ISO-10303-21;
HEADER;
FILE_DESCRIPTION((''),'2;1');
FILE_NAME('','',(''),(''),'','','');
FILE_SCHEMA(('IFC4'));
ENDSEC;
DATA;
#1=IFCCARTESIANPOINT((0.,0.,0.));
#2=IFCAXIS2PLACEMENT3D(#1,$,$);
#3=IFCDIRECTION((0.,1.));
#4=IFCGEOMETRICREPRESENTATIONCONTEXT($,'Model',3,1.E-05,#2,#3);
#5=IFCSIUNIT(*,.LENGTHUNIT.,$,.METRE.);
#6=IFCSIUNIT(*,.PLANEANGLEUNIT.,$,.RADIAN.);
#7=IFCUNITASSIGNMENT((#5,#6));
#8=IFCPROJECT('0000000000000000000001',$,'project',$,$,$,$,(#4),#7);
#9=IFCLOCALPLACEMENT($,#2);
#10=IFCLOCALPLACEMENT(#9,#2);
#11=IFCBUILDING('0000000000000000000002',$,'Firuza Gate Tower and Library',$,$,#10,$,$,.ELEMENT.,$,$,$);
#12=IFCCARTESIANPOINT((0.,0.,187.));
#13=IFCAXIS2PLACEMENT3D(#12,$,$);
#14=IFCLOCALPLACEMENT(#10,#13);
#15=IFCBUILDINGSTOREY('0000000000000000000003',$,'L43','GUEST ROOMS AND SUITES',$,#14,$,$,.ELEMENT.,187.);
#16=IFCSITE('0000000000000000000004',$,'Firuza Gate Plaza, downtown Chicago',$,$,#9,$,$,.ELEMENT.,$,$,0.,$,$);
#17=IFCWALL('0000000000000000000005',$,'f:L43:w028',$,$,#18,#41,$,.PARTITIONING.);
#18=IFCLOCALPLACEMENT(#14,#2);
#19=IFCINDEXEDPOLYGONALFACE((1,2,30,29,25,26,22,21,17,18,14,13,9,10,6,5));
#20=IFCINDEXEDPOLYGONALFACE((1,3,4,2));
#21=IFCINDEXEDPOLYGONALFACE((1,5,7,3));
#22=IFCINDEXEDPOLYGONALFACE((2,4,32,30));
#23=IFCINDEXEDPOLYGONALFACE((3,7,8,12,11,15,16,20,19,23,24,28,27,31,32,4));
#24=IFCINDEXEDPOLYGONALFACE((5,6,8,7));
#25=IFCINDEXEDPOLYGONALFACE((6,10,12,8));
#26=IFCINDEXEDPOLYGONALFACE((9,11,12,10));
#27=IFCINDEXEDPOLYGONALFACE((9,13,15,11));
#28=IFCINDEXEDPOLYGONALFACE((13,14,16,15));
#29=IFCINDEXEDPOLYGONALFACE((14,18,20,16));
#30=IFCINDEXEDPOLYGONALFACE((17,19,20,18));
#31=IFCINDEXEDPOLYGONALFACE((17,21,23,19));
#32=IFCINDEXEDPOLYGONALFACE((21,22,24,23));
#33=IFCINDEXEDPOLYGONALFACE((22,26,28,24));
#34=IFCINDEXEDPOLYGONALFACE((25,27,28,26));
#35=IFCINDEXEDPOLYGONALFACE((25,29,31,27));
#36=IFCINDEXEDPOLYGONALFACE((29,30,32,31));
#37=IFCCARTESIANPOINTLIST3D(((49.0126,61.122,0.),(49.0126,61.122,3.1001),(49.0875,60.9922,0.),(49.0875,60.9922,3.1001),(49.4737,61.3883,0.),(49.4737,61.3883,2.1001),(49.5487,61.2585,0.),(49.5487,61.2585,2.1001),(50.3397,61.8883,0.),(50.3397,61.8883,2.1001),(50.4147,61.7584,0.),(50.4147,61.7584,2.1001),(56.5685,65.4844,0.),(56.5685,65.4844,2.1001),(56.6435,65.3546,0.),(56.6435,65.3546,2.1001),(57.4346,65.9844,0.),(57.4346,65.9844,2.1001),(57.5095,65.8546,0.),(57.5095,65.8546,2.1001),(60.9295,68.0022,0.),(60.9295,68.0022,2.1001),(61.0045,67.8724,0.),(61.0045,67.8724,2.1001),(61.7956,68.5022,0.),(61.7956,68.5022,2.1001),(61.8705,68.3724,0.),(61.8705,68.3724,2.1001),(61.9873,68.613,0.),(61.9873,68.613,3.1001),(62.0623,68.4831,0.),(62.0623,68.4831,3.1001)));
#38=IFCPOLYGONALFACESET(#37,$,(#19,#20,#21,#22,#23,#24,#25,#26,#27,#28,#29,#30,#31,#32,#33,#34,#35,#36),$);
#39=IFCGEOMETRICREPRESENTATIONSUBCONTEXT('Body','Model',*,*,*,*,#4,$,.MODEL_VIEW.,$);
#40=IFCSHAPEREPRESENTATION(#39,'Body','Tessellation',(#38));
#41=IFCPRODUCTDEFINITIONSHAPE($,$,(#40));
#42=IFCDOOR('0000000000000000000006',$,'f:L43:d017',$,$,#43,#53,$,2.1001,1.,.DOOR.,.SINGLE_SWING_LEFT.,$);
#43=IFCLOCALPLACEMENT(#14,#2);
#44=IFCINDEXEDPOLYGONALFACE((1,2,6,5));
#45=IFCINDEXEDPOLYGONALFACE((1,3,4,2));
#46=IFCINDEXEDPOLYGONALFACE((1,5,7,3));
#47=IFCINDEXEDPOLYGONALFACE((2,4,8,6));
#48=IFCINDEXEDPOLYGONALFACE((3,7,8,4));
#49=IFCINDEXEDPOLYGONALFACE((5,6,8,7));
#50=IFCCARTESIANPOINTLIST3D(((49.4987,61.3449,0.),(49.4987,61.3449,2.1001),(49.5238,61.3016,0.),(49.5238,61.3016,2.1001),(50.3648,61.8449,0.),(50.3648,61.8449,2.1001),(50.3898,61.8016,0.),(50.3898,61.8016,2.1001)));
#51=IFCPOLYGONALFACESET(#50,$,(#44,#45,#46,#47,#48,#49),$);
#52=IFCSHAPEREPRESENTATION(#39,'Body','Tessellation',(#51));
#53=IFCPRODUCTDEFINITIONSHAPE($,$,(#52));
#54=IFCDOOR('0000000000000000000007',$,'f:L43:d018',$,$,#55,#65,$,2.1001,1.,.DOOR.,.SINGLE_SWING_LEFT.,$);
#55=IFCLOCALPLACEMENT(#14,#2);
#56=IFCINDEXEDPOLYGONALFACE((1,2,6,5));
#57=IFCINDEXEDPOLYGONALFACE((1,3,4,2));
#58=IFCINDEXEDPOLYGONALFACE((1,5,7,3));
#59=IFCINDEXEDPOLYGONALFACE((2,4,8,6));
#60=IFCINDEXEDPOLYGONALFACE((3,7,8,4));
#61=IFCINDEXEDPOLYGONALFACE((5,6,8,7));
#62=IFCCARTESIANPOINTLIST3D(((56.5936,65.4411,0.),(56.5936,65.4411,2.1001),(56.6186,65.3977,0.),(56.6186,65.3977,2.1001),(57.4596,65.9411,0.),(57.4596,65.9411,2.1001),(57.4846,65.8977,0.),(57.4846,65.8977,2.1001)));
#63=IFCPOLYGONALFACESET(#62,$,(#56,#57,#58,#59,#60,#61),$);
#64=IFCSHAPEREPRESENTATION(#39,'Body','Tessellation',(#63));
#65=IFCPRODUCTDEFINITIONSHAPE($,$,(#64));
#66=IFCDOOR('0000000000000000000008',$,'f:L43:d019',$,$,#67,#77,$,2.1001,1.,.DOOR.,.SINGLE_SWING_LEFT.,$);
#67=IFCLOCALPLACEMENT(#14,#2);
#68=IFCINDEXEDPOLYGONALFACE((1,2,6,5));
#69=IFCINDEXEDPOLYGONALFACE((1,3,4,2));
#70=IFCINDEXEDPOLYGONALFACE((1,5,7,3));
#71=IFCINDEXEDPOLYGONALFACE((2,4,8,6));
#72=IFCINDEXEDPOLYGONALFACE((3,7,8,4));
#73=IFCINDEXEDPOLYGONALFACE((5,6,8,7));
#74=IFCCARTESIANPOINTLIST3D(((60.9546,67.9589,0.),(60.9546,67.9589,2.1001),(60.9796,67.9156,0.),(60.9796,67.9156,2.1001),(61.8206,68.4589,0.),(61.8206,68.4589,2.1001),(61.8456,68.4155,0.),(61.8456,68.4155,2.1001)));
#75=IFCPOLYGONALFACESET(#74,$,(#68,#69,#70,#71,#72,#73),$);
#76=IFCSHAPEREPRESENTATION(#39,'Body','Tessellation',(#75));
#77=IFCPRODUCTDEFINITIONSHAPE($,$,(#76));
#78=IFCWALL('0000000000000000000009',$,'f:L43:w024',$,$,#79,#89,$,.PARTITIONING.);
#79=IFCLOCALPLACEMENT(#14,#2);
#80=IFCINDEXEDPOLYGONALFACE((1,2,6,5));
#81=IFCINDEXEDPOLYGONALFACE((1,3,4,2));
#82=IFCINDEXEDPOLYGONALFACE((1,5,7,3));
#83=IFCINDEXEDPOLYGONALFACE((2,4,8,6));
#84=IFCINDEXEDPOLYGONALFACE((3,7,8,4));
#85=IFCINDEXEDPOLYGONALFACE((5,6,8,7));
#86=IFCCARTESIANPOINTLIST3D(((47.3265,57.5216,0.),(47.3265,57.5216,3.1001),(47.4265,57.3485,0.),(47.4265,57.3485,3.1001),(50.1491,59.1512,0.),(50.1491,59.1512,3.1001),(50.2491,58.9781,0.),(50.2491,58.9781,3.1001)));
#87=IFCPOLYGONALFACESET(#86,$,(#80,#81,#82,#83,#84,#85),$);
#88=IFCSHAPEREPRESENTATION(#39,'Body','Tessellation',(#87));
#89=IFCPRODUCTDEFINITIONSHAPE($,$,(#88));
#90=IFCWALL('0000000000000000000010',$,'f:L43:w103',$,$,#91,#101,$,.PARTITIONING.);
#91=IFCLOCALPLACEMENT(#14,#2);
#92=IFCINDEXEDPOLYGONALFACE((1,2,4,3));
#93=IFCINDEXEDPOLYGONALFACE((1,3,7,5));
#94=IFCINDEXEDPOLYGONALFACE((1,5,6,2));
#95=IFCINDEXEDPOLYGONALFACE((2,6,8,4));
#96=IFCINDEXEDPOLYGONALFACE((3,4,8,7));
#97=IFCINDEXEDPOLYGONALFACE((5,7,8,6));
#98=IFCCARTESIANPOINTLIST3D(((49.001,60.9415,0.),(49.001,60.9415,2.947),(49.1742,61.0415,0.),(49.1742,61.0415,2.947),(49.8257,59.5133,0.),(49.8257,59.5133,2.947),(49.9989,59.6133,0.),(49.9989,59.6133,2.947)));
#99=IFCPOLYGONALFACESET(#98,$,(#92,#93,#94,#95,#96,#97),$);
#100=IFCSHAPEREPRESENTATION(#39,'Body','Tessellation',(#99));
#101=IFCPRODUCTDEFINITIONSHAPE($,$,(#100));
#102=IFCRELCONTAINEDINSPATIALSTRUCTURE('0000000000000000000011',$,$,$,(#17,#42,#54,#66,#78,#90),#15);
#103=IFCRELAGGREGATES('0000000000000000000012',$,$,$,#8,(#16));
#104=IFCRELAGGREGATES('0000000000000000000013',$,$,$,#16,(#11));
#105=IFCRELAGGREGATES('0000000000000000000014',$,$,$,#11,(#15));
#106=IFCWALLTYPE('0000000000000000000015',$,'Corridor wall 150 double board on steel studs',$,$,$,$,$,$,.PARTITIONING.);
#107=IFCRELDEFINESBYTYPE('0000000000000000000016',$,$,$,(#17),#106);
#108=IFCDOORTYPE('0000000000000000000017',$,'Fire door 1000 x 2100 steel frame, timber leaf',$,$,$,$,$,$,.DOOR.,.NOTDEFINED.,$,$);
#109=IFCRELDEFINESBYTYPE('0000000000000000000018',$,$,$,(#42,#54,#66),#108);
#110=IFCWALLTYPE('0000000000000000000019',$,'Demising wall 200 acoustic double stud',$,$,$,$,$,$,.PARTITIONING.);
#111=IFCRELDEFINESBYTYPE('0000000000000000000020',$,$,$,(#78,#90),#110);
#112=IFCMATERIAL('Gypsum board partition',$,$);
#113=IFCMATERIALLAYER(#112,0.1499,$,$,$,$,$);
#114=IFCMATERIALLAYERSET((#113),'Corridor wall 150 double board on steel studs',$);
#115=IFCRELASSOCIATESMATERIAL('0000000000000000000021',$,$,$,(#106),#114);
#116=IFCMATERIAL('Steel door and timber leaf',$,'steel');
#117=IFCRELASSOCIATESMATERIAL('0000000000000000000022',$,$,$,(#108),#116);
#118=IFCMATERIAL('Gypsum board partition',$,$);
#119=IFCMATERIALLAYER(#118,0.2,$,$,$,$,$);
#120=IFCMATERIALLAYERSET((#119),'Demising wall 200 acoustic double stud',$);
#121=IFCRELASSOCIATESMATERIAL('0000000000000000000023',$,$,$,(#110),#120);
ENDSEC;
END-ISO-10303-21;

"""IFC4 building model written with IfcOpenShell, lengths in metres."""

from ifc_helpers import new_model, si_unit, direction, frame, frame_2d, origin, place, context, subcontext, project, spatial, rectangle, extrude, material, layer, layer_set, type_object, element, fill, save


model = new_model("IFC4")

# Units and contexts
model_context = context("Model", 3, precision=1e-05, world=origin(), true_north=direction((0.0, 1.0)))
body_context = subcontext(model_context, "Body", "Model", "MODEL_VIEW")
ifc_project = project(units=[si_unit("LENGTHUNIT", "METRE"), si_unit("PLANEANGLEUNIT", "RADIAN")], contexts=[model_context])

# Site, building, storey
site_placement = place(None, origin())
site = spatial("IfcSite", under=ifc_project, at=site_placement, Name="Firuza Gate Plaza, downtown Chicago", CompositionType="ELEMENT", RefElevation=0.0)
building_placement = place(site_placement, origin())
building = spatial("IfcBuilding", under=site, at=building_placement, Name="Firuza Gate Tower and Library", CompositionType="ELEMENT")
storey_placement = place(building_placement, frame((0.0, 0.0, 187.0)))
storey = spatial("IfcBuildingStorey", under=building, at=storey_placement, Name="L43", Description="GUEST ROOMS AND SUITES", CompositionType="ELEMENT", Elevation=187.0)

# Wall, openings, doors
ifc_material_1 = material(Name="Gypsum board partition")
ifc_layer_1 = layer(ifc_material_1, 0.1499)
ifc_layer_set_1 = layer_set([ifc_layer_1], Name="Corridor wall 150 double board on steel studs")
wall_type_1 = type_object("IfcWallType", Name="Corridor wall 150 double board on steel studs", PredefinedType="PARTITIONING", material=ifc_layer_set_1)
wall_1_placement = place(storey_placement, frame((49.05, 61.0571, 0.0), z_axis=(0.0, 0.0, 1.0), x_axis=(0.866027, 0.499997, 0.0)))
wall_1 = element("IfcWall", 1, at=wall_1_placement, inside=storey, type_object=wall_type_1, Name="f:L43:w028", PredefinedType="PARTITIONING", context=body_context, shape_type="SweptSolid", body=[
    extrude(rectangle(XDim=14.9819, YDim=0.1499, at=frame_2d((7.491, 0.0))), origin(), (0.0, 0.0, 1.0), 3.1001),
])
opening_1_placement = place(wall_1_placement, frame((0.5325, 0.0, 0.0)))
opening_1 = element("IfcOpeningElement", 2, at=opening_1_placement, cuts=wall_1, PredefinedType="OPENING", context=body_context, shape_type="SweptSolid", body=[
    extrude(rectangle(XDim=1.0, YDim=2.1001, at=frame_2d((0.5, 1.05))), frame((0.0, 0.085, 0.0), z_axis=(0.0, -1.0, 0.0), x_axis=(1.0, 0.0, 0.0)), (0.0, 0.0, 1.0), 0.1699),
])
opening_2_placement = place(wall_1_placement, frame((8.7249, 0.0, 0.0)))
opening_2 = element("IfcOpeningElement", 3, at=opening_2_placement, cuts=wall_1, PredefinedType="OPENING", context=body_context, shape_type="SweptSolid", body=[
    extrude(rectangle(XDim=1.0, YDim=2.1001, at=frame_2d((0.5, 1.05))), frame((0.0, 0.085, 0.0), z_axis=(0.0, -1.0, 0.0), x_axis=(1.0, 0.0, 0.0)), (0.0, 0.0, 1.0), 0.1699),
])
opening_3_placement = place(wall_1_placement, frame((13.7605, 0.0, 0.0)))
opening_3 = element("IfcOpeningElement", 4, at=opening_3_placement, cuts=wall_1, PredefinedType="OPENING", context=body_context, shape_type="SweptSolid", body=[
    extrude(rectangle(XDim=1.0, YDim=2.1001, at=frame_2d((0.5, 1.05))), frame((0.0, 0.085, 0.0), z_axis=(0.0, -1.0, 0.0), x_axis=(1.0, 0.0, 0.0)), (0.0, 0.0, 1.0), 0.1699),
])
ifc_material_2 = material(Name="Steel door and timber leaf", Category="steel")
door_type = type_object("IfcDoorType", Name="Fire door 1000 x 2100 steel frame, timber leaf", OperationType="NOTDEFINED", PredefinedType="DOOR", material=ifc_material_2)
door_1_placement = place(opening_1_placement, origin())
door_1 = element("IfcDoor", 5, at=door_1_placement, inside=storey, type_object=door_type, Name="f:L43:d017", OperationType="SINGLE_SWING_LEFT", OverallHeight=2.1001, OverallWidth=1.0, PredefinedType="DOOR", context=body_context, shape_type="SweptSolid", body=[
    extrude(rectangle(XDim=1.0, YDim=2.1001, at=frame_2d((0.5, 1.05))), frame((0.0, 0.0249, 0.0), z_axis=(0.0, -1.0, 0.0), x_axis=(1.0, 0.0, 0.0)), (0.0, 0.0, 1.0), 0.05),
])
fill(opening_1, door_1)
door_2_placement = place(opening_2_placement, origin())
door_2 = element("IfcDoor", 6, at=door_2_placement, inside=storey, type_object=door_type, Name="f:L43:d018", OperationType="SINGLE_SWING_LEFT", OverallHeight=2.1001, OverallWidth=1.0, PredefinedType="DOOR", context=body_context, shape_type="SweptSolid", body=[
    extrude(rectangle(XDim=1.0, YDim=2.1001, at=frame_2d((0.5, 1.05))), frame((0.0, 0.0249, 0.0), z_axis=(0.0, -1.0, 0.0), x_axis=(1.0, 0.0, 0.0)), (0.0, 0.0, 1.0), 0.05),
])
fill(opening_2, door_2)
door_3_placement = place(opening_3_placement, origin())
door_3 = element("IfcDoor", 7, at=door_3_placement, inside=storey, type_object=door_type, Name="f:L43:d019", OperationType="SINGLE_SWING_LEFT", OverallHeight=2.1001, OverallWidth=1.0, PredefinedType="DOOR", context=body_context, shape_type="SweptSolid", body=[
    extrude(rectangle(XDim=1.0, YDim=2.1001, at=frame_2d((0.5, 1.05))), frame((0.0, 0.0249, 0.0), z_axis=(0.0, -1.0, 0.0), x_axis=(1.0, 0.0, 0.0)), (0.0, 0.0, 1.0), 0.05),
])
fill(opening_3, door_3)

# Walls
ifc_material_3 = material(Name="Gypsum board partition")
ifc_layer_2 = layer(ifc_material_3, 0.2)
ifc_layer_set_2 = layer_set([ifc_layer_2], Name="Demising wall 200 acoustic double stud")
wall_type_2 = type_object("IfcWallType", Name="Demising wall 200 acoustic double stud", PredefinedType="PARTITIONING", material=ifc_layer_set_2)
wall_2_placement = place(storey_placement, frame((47.3765, 57.4351, 0.0), z_axis=(0.0, 0.0, 1.0), x_axis=(0.866036, 0.499982, 0.0)))
element("IfcWall", 8, at=wall_2_placement, inside=storey, type_object=wall_type_2, Name="f:L43:w024", PredefinedType="PARTITIONING", context=body_context, shape_type="SweptSolid", body=[
    extrude(rectangle(XDim=3.2593, YDim=0.2, at=frame_2d((1.6296, 0.0))), origin(), (0.0, 0.0, 1.0), 3.1001),
])
wall_3_placement = place(storey_placement, frame((49.9124, 59.5632, 0.0), z_axis=(0.0, 0.0, 1.0), x_axis=(-0.500056, 0.865993, 0.0)))
element("IfcWall", 9, at=wall_3_placement, inside=storey, type_object=wall_type_2, Name="f:L43:w103", PredefinedType="PARTITIONING", context=body_context, shape_type="SweptSolid", body=[
    extrude(rectangle(XDim=1.6492, YDim=0.2, at=frame_2d((0.8247, 0.0))), origin(), (0.0, 0.0, 1.0), 2.947),
])

save(model, "model.ifc")
